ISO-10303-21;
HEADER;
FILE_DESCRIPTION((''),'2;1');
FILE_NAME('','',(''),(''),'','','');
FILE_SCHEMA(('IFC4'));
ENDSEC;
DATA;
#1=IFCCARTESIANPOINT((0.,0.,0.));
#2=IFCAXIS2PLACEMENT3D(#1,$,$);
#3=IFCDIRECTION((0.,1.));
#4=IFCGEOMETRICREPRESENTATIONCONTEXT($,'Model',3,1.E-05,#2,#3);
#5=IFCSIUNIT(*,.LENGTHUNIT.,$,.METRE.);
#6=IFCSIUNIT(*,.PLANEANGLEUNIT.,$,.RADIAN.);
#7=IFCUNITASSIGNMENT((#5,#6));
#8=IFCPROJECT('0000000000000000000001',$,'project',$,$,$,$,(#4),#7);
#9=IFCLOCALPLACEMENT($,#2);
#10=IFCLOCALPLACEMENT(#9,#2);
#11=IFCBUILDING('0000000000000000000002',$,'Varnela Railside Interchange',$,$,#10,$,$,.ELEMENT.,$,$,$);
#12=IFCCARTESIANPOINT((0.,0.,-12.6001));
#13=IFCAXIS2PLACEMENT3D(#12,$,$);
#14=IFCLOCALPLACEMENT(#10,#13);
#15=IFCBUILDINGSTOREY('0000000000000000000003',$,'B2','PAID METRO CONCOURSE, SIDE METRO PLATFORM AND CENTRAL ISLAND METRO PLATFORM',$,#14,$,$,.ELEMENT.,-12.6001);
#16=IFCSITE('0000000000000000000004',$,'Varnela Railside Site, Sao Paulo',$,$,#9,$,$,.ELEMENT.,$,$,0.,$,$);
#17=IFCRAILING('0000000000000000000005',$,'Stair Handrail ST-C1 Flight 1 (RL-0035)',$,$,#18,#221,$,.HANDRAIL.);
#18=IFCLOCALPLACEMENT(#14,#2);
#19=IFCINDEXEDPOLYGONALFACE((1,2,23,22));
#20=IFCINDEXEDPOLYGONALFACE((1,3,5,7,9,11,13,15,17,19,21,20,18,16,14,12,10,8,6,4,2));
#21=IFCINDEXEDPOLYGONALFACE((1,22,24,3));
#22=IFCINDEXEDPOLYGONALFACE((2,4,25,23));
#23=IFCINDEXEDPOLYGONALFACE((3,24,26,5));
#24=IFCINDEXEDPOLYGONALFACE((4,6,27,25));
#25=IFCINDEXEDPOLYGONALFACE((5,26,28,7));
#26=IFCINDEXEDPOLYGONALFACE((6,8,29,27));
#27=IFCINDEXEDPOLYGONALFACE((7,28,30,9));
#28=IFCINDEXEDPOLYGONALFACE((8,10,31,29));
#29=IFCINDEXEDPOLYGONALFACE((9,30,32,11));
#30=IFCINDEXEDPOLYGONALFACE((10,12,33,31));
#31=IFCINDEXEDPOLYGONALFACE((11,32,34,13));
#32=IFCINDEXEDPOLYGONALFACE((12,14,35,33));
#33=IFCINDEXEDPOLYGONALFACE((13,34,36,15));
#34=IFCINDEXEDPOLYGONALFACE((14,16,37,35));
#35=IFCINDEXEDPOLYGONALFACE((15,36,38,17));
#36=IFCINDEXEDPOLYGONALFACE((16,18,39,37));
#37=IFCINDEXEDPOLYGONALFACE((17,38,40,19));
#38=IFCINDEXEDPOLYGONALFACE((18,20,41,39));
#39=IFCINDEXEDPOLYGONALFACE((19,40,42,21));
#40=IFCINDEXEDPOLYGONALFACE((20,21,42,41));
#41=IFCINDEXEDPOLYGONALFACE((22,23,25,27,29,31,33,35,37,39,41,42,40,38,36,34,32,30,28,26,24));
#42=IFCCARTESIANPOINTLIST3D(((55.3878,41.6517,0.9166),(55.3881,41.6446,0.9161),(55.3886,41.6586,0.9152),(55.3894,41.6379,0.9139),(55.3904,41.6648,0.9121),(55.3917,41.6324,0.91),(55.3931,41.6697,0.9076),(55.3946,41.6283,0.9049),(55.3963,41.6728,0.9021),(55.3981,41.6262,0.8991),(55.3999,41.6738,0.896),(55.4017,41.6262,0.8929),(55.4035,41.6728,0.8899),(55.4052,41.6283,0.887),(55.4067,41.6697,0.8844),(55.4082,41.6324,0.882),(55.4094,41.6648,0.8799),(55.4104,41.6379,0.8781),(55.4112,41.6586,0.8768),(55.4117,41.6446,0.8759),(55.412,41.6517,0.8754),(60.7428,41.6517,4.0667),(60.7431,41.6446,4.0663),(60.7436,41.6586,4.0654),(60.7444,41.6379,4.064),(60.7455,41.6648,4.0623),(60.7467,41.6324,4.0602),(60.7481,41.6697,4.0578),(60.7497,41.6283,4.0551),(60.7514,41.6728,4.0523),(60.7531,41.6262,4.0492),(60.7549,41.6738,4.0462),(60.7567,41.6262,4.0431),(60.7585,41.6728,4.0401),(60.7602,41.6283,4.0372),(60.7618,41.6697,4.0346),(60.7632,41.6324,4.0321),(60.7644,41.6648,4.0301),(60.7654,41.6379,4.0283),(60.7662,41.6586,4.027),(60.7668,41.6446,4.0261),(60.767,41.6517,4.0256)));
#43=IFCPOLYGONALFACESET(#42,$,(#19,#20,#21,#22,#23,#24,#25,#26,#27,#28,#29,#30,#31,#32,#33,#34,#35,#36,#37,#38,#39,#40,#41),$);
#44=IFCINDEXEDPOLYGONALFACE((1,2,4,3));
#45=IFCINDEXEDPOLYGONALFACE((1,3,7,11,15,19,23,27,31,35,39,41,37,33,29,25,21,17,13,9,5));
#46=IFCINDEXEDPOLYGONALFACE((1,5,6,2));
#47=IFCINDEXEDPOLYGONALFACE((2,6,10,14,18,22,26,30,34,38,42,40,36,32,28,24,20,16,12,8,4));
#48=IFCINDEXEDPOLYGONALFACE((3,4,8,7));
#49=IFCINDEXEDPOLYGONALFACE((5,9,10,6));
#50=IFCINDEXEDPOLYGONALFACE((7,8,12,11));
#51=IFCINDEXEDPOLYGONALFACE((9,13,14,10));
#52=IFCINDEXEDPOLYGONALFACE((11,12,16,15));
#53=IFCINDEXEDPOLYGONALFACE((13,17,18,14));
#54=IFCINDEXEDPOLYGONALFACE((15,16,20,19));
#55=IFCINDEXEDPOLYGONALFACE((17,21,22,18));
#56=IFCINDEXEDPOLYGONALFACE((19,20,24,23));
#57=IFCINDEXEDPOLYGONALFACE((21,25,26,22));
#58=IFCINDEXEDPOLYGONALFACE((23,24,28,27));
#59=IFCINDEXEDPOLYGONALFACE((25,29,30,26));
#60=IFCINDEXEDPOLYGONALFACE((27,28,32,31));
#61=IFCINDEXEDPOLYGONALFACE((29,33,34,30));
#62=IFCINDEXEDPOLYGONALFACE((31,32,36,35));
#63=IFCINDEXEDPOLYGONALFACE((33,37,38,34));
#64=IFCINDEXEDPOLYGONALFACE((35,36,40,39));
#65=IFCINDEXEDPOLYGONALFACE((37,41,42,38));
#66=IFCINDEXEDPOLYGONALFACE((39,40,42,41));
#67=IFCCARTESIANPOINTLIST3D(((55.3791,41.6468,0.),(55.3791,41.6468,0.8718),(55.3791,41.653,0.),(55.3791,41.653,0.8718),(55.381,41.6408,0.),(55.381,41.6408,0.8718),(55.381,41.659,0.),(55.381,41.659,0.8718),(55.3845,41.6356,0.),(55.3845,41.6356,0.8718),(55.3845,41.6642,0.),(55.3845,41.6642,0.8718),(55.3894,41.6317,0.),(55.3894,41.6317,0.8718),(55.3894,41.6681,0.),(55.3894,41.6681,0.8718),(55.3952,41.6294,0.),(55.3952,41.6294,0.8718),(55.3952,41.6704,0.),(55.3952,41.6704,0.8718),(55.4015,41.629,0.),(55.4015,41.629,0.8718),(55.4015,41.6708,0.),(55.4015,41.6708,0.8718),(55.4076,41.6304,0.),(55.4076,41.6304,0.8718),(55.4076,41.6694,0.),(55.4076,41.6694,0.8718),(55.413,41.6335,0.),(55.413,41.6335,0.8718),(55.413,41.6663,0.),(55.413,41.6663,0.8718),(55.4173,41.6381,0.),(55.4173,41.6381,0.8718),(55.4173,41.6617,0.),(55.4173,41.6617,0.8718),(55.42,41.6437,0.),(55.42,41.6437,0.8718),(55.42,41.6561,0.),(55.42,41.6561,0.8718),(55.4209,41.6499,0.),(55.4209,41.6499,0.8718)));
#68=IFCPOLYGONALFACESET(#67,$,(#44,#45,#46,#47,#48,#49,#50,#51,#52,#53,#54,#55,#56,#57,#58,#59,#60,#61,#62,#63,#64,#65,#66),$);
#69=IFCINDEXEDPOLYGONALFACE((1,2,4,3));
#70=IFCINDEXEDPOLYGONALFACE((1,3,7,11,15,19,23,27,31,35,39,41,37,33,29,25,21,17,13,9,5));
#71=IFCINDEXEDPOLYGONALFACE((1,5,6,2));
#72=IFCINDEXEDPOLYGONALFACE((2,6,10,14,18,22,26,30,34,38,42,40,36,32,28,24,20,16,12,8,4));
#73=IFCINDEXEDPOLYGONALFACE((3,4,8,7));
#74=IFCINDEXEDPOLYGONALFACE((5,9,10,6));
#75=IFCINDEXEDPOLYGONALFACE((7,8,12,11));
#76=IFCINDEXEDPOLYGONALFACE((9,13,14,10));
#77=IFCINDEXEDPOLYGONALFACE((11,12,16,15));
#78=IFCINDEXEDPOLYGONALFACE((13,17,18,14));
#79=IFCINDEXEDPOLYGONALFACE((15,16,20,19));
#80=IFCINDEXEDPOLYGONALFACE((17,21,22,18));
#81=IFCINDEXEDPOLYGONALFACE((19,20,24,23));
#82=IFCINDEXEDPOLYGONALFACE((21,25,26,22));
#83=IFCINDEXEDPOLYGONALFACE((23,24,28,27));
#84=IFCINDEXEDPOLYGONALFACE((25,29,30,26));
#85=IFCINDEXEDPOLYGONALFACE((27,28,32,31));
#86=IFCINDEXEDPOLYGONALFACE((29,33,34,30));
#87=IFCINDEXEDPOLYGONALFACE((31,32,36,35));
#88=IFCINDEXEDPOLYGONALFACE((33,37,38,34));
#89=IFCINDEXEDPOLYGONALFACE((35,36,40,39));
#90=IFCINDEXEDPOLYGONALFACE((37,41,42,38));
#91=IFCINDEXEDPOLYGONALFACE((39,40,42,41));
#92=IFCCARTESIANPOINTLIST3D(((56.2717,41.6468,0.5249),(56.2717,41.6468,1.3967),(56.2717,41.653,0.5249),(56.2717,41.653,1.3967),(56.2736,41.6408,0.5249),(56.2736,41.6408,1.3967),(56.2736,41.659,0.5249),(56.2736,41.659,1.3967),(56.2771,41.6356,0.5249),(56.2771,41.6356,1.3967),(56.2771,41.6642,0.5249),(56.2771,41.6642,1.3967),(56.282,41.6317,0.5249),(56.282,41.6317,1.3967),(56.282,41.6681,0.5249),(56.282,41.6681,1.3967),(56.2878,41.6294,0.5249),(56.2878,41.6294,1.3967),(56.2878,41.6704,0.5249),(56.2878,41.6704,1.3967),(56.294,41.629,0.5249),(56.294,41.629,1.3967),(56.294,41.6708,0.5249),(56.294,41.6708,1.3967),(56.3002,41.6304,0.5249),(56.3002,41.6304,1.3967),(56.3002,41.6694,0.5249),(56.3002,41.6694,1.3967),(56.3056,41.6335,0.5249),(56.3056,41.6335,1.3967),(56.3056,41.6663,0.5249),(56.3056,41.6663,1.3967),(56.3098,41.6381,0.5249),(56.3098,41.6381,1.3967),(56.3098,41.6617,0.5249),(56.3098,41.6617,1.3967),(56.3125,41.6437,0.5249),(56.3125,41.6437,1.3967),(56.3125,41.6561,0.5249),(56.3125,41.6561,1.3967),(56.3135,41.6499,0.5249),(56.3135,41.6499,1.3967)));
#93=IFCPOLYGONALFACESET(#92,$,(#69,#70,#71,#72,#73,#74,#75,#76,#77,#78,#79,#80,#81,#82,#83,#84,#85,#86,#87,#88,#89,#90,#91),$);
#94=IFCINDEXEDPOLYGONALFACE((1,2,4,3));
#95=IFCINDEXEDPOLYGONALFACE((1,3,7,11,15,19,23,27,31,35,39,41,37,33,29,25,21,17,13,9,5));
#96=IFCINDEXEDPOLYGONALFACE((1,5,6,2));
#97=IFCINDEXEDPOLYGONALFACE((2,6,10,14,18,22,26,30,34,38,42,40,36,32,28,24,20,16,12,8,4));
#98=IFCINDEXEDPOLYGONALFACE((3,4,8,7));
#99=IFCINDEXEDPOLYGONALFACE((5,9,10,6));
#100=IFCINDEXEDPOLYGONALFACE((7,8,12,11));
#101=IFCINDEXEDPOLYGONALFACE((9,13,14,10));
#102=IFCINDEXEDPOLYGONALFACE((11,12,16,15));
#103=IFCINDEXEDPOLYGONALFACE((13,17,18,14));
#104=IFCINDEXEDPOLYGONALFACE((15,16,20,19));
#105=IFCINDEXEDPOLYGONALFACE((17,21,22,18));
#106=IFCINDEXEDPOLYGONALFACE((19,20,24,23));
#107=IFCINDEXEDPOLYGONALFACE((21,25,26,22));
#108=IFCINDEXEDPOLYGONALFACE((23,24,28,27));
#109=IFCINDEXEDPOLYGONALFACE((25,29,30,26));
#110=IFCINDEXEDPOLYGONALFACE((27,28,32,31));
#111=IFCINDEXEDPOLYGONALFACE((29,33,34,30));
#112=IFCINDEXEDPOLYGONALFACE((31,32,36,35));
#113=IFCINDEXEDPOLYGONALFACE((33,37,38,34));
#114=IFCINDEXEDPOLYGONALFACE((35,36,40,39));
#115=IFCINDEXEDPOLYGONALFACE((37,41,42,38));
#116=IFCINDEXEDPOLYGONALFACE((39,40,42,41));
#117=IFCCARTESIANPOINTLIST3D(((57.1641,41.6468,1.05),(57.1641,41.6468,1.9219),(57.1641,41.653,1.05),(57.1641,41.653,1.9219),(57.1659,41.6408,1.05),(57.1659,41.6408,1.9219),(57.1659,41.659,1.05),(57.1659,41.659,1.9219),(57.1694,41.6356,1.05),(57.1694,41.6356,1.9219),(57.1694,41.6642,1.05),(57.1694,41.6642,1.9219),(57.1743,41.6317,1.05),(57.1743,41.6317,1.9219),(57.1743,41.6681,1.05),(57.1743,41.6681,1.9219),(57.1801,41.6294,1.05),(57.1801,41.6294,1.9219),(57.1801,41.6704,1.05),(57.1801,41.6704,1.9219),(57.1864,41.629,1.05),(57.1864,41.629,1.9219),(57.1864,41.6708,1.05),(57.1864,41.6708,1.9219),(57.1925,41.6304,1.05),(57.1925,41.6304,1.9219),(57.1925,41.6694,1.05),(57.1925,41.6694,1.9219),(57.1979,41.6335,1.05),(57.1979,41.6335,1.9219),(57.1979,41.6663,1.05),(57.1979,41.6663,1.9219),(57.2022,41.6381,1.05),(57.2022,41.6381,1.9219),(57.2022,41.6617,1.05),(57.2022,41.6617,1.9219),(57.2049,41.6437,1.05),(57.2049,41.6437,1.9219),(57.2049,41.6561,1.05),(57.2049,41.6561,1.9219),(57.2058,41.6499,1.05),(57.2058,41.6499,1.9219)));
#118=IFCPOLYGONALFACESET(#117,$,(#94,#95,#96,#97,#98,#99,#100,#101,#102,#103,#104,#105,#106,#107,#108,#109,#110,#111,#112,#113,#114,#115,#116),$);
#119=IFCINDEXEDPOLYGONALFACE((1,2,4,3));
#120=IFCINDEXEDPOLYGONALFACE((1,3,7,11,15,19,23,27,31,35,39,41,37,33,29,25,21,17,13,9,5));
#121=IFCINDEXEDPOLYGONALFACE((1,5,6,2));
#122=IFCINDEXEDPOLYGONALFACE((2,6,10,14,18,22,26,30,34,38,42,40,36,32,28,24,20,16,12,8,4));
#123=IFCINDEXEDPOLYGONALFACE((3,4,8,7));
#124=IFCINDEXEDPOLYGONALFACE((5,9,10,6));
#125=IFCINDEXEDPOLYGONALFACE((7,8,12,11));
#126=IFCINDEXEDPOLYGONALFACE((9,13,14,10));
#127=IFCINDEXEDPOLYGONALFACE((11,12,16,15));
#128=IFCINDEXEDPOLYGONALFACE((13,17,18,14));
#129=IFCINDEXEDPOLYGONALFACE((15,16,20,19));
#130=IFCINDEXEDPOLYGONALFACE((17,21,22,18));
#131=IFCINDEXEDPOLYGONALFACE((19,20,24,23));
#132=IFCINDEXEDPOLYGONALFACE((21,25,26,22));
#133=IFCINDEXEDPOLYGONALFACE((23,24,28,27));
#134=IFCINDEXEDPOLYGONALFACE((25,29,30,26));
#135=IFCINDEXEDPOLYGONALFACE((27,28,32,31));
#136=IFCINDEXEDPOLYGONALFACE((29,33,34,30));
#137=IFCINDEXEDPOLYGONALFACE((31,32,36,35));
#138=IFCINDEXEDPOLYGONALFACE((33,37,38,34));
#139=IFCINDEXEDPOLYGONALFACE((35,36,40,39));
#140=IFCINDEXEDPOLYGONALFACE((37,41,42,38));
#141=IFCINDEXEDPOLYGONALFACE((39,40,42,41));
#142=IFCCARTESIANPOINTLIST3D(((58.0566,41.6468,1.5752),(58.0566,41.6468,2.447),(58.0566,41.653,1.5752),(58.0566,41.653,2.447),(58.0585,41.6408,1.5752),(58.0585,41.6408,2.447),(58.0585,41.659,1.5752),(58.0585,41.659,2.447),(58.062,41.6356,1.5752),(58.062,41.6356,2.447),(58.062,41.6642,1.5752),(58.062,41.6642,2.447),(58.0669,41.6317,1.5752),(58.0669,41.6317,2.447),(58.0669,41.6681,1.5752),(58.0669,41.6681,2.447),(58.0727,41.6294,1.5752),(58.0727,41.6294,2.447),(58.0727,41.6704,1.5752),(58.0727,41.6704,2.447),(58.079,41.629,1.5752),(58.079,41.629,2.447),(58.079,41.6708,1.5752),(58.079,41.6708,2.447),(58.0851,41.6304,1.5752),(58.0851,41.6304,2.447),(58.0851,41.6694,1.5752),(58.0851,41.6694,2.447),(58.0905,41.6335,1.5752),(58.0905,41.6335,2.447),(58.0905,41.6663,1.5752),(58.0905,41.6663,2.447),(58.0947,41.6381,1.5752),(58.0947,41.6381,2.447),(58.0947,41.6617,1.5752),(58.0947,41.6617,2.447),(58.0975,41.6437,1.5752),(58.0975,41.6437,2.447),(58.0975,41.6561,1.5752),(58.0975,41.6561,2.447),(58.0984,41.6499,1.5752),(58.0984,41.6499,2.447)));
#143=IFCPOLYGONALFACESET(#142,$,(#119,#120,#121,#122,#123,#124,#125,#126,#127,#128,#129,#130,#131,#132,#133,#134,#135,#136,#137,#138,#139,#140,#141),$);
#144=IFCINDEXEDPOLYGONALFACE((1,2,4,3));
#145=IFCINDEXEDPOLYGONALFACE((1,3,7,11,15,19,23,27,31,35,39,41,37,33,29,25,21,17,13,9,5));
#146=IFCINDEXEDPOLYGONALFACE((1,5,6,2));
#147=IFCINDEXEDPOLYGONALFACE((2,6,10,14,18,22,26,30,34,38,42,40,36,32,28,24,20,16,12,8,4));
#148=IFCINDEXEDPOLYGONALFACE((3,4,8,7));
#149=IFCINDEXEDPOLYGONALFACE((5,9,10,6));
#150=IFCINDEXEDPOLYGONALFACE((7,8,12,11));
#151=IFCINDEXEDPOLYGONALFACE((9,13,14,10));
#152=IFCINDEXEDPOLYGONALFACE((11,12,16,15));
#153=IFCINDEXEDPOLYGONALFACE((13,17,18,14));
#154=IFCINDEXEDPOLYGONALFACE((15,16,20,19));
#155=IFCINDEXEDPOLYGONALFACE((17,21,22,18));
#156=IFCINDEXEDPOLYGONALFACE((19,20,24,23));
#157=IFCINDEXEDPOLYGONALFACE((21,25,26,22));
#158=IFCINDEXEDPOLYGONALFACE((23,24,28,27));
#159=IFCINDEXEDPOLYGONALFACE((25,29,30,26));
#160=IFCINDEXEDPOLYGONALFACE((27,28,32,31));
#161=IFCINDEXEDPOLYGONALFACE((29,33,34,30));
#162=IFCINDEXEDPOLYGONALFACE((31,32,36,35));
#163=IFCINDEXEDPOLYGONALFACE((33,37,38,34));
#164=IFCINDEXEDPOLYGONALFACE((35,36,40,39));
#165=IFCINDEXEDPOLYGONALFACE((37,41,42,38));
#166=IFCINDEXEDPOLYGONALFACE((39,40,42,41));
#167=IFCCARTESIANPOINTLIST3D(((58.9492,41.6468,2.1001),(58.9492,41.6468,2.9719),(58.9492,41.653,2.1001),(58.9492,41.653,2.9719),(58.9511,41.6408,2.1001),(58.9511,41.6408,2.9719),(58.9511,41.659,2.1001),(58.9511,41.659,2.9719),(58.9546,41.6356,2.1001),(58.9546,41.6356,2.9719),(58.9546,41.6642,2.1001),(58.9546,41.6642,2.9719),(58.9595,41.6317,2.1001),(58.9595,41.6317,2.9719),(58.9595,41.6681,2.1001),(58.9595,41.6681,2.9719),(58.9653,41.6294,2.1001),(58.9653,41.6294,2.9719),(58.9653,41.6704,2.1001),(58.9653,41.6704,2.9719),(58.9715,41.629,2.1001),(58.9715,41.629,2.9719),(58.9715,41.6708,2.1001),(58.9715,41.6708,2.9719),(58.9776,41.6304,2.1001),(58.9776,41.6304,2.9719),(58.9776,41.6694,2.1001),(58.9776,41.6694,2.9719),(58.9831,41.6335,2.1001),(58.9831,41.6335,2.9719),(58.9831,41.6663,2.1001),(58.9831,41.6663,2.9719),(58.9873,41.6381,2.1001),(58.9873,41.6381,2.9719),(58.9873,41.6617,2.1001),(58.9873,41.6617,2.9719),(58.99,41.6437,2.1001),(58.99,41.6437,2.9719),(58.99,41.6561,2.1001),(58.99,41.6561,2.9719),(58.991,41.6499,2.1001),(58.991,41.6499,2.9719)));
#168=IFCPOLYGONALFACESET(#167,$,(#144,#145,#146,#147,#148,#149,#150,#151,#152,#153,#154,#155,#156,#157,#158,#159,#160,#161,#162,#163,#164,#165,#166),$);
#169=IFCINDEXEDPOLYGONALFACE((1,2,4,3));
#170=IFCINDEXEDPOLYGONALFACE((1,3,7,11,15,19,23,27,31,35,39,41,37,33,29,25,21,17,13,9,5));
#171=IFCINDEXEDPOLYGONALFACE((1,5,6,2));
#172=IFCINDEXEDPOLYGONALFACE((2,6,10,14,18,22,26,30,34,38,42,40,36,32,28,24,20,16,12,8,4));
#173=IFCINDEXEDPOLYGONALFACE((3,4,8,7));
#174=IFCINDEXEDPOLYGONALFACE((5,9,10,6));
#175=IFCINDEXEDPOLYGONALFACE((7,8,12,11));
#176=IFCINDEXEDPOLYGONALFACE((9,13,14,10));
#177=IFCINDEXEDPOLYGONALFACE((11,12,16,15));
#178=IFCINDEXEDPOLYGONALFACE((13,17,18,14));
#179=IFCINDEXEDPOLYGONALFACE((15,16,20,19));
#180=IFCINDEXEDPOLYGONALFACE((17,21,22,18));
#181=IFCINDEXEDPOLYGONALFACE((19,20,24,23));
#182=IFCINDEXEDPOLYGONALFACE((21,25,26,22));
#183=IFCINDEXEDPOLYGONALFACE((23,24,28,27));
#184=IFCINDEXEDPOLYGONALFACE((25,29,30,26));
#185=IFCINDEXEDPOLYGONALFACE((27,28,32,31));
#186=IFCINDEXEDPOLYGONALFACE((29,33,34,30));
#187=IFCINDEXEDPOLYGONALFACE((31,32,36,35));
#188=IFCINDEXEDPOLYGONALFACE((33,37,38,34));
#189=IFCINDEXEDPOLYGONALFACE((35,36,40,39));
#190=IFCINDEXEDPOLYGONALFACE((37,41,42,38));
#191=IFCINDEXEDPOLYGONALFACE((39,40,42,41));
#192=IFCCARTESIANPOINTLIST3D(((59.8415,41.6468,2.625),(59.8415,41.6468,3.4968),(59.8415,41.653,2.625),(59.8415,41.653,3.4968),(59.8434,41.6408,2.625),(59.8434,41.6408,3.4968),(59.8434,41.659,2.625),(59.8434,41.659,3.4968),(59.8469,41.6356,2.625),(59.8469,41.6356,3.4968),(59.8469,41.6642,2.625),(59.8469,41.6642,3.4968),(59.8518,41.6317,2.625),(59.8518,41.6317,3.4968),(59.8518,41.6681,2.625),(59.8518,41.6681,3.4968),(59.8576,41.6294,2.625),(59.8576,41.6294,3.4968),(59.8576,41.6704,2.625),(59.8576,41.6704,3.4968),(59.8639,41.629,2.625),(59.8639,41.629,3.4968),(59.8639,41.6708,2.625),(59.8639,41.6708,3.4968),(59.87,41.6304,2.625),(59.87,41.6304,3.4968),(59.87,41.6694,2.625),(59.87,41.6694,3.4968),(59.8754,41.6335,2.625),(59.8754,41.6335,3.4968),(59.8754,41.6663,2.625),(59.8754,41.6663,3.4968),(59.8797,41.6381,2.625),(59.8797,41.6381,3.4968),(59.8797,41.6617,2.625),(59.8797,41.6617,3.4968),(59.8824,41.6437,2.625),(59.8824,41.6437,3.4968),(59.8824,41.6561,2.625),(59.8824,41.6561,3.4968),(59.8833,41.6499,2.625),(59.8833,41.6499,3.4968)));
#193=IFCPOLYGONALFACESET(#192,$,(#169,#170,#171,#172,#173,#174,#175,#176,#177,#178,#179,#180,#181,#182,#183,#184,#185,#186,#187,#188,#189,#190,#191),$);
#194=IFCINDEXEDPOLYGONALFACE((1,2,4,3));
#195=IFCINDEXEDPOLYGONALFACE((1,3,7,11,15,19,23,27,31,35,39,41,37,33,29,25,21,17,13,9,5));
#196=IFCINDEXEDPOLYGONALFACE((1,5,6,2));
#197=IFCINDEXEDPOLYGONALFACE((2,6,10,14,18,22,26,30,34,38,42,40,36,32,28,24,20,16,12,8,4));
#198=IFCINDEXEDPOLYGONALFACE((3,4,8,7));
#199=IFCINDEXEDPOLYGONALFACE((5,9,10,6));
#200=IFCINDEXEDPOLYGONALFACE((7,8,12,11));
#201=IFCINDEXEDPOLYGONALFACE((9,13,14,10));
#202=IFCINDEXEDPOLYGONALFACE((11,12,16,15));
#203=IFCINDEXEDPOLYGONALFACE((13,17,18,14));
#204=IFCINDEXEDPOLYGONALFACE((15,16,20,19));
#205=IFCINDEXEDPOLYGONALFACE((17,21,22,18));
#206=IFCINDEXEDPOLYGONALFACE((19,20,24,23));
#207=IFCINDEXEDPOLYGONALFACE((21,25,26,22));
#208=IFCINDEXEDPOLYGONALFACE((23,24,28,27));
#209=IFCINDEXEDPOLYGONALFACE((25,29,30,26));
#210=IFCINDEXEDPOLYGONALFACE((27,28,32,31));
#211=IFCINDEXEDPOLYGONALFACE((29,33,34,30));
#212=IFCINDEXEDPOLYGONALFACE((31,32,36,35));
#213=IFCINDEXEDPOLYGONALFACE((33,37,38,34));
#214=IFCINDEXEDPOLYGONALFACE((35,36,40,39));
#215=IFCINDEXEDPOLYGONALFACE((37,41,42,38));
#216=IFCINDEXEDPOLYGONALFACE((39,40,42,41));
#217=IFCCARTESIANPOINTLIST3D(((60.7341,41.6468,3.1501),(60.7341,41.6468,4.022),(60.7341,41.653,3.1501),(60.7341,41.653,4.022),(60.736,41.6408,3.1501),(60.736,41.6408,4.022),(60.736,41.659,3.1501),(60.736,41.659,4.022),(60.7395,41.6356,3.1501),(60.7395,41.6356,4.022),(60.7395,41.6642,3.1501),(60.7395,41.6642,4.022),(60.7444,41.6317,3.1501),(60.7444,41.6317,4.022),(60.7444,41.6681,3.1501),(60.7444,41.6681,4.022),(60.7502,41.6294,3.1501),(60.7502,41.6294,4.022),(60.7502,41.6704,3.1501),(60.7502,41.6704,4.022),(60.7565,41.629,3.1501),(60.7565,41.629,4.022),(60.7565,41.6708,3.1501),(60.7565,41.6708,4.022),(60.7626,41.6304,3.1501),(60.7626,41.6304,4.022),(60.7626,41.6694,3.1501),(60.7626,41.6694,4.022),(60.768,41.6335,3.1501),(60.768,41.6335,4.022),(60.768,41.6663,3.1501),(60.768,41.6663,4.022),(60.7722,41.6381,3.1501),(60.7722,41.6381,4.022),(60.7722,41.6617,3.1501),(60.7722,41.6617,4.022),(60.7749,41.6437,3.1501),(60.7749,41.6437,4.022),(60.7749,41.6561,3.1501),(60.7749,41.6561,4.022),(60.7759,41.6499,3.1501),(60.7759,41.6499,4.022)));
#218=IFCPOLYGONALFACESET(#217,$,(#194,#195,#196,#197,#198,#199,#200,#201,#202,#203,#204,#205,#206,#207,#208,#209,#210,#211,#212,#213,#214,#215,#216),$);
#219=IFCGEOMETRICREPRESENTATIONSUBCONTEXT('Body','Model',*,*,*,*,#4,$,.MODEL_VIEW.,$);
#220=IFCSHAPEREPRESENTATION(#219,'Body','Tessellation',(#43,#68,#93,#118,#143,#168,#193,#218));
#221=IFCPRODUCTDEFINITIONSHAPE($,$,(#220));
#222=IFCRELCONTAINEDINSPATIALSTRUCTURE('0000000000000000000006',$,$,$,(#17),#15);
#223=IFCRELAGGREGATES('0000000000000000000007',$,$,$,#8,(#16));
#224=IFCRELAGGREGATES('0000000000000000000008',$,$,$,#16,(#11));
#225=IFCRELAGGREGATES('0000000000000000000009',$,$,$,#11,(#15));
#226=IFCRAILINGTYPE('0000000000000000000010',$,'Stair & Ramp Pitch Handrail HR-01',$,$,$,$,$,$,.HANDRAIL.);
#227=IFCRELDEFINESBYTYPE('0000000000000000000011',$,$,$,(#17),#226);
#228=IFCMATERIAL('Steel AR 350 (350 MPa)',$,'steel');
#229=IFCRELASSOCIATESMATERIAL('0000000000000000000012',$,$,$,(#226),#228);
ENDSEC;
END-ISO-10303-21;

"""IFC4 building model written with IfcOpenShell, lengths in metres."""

from ifc_helpers import new_model, si_unit, direction, frame, origin, origin_2d, place, context, subcontext, project, spatial, circle, extrude, material, type_object, element, save


model = new_model("IFC4")

# Units and contexts
model_context = context("Model", 3, precision=1e-05, world=origin(), true_north=direction((0.0, 1.0)))
body_context = subcontext(model_context, "Body", "Model", "MODEL_VIEW")
ifc_project = project(units=[si_unit("LENGTHUNIT", "METRE"), si_unit("PLANEANGLEUNIT", "RADIAN")], contexts=[model_context])

# Site, building, storey
site_placement = place(None, origin())
site = spatial("IfcSite", under=ifc_project, at=site_placement, Name="Varnela Railside Site, Sao Paulo", CompositionType="ELEMENT", RefElevation=0.0)
building_placement = place(site_placement, origin())
building = spatial("IfcBuilding", under=site, at=building_placement, Name="Varnela Railside Interchange", CompositionType="ELEMENT")
storey_placement = place(building_placement, frame((0.0, 0.0, -12.6001)))
storey = spatial("IfcBuildingStorey", under=building, at=storey_placement, Name="B2", Description="PAID METRO CONCOURSE, SIDE METRO PLATFORM AND CENTRAL ISLAND METRO PLATFORM", CompositionType="ELEMENT", Elevation=-12.6001)

# Shared definitions
ifc_material_1 = material(Name="Steel AR 350 (350 MPa)", Category="steel")

# Railing
railing_type_1 = type_object("IfcRailingType", Name="Stair & Ramp Pitch Handrail HR-01", PredefinedType="HANDRAIL", material=ifc_material_1)
railing_1_placement = place(storey_placement, frame((55.3999, 41.6499, 0.0)))
element("IfcRailing", 1, at=railing_1_placement, inside=storey, type_object=railing_type_1, Name="Stair Handrail ST-C1 Flight 1 (RL-0035)", PredefinedType="HANDRAIL", context=body_context, shape_type="SweptSolid", body=[
    extrude(circle(Radius=0.0239, at=origin_2d()), frame((0.0, 0.0, 0.896), z_axis=(0.861923, 0.0, 0.507039), x_axis=(0.0, 1.0, 0.0)), (0.0, 0.0, 1.0), 6.2129),
    extrude(circle(Radius=0.021, at=origin_2d()), origin(), (0.0, 0.0, 1.0), 0.8718),
    extrude(circle(Radius=0.021, at=origin_2d()), frame((0.8926, 0.0, 0.5249)), (0.0, 0.0, 1.0), 0.8718),
    extrude(circle(Radius=0.021, at=origin_2d()), frame((1.7849, 0.0, 1.05)), (0.0, 0.0, 1.0), 0.8718),
    extrude(circle(Radius=0.021, at=origin_2d()), frame((2.6775, 0.0, 1.5752)), (0.0, 0.0, 1.0), 0.8718),
    extrude(circle(Radius=0.021, at=origin_2d()), frame((3.5701, 0.0, 2.1001)), (0.0, 0.0, 1.0), 0.8718),
    extrude(circle(Radius=0.021, at=origin_2d()), frame((4.4624, 0.0, 2.625)), (0.0, 0.0, 1.0), 0.8718),
    extrude(circle(Radius=0.021, at=origin_2d()), frame((5.355, 0.0, 3.1501)), (0.0, 0.0, 1.0), 0.8718),
])

save(model, "model.ifc")
